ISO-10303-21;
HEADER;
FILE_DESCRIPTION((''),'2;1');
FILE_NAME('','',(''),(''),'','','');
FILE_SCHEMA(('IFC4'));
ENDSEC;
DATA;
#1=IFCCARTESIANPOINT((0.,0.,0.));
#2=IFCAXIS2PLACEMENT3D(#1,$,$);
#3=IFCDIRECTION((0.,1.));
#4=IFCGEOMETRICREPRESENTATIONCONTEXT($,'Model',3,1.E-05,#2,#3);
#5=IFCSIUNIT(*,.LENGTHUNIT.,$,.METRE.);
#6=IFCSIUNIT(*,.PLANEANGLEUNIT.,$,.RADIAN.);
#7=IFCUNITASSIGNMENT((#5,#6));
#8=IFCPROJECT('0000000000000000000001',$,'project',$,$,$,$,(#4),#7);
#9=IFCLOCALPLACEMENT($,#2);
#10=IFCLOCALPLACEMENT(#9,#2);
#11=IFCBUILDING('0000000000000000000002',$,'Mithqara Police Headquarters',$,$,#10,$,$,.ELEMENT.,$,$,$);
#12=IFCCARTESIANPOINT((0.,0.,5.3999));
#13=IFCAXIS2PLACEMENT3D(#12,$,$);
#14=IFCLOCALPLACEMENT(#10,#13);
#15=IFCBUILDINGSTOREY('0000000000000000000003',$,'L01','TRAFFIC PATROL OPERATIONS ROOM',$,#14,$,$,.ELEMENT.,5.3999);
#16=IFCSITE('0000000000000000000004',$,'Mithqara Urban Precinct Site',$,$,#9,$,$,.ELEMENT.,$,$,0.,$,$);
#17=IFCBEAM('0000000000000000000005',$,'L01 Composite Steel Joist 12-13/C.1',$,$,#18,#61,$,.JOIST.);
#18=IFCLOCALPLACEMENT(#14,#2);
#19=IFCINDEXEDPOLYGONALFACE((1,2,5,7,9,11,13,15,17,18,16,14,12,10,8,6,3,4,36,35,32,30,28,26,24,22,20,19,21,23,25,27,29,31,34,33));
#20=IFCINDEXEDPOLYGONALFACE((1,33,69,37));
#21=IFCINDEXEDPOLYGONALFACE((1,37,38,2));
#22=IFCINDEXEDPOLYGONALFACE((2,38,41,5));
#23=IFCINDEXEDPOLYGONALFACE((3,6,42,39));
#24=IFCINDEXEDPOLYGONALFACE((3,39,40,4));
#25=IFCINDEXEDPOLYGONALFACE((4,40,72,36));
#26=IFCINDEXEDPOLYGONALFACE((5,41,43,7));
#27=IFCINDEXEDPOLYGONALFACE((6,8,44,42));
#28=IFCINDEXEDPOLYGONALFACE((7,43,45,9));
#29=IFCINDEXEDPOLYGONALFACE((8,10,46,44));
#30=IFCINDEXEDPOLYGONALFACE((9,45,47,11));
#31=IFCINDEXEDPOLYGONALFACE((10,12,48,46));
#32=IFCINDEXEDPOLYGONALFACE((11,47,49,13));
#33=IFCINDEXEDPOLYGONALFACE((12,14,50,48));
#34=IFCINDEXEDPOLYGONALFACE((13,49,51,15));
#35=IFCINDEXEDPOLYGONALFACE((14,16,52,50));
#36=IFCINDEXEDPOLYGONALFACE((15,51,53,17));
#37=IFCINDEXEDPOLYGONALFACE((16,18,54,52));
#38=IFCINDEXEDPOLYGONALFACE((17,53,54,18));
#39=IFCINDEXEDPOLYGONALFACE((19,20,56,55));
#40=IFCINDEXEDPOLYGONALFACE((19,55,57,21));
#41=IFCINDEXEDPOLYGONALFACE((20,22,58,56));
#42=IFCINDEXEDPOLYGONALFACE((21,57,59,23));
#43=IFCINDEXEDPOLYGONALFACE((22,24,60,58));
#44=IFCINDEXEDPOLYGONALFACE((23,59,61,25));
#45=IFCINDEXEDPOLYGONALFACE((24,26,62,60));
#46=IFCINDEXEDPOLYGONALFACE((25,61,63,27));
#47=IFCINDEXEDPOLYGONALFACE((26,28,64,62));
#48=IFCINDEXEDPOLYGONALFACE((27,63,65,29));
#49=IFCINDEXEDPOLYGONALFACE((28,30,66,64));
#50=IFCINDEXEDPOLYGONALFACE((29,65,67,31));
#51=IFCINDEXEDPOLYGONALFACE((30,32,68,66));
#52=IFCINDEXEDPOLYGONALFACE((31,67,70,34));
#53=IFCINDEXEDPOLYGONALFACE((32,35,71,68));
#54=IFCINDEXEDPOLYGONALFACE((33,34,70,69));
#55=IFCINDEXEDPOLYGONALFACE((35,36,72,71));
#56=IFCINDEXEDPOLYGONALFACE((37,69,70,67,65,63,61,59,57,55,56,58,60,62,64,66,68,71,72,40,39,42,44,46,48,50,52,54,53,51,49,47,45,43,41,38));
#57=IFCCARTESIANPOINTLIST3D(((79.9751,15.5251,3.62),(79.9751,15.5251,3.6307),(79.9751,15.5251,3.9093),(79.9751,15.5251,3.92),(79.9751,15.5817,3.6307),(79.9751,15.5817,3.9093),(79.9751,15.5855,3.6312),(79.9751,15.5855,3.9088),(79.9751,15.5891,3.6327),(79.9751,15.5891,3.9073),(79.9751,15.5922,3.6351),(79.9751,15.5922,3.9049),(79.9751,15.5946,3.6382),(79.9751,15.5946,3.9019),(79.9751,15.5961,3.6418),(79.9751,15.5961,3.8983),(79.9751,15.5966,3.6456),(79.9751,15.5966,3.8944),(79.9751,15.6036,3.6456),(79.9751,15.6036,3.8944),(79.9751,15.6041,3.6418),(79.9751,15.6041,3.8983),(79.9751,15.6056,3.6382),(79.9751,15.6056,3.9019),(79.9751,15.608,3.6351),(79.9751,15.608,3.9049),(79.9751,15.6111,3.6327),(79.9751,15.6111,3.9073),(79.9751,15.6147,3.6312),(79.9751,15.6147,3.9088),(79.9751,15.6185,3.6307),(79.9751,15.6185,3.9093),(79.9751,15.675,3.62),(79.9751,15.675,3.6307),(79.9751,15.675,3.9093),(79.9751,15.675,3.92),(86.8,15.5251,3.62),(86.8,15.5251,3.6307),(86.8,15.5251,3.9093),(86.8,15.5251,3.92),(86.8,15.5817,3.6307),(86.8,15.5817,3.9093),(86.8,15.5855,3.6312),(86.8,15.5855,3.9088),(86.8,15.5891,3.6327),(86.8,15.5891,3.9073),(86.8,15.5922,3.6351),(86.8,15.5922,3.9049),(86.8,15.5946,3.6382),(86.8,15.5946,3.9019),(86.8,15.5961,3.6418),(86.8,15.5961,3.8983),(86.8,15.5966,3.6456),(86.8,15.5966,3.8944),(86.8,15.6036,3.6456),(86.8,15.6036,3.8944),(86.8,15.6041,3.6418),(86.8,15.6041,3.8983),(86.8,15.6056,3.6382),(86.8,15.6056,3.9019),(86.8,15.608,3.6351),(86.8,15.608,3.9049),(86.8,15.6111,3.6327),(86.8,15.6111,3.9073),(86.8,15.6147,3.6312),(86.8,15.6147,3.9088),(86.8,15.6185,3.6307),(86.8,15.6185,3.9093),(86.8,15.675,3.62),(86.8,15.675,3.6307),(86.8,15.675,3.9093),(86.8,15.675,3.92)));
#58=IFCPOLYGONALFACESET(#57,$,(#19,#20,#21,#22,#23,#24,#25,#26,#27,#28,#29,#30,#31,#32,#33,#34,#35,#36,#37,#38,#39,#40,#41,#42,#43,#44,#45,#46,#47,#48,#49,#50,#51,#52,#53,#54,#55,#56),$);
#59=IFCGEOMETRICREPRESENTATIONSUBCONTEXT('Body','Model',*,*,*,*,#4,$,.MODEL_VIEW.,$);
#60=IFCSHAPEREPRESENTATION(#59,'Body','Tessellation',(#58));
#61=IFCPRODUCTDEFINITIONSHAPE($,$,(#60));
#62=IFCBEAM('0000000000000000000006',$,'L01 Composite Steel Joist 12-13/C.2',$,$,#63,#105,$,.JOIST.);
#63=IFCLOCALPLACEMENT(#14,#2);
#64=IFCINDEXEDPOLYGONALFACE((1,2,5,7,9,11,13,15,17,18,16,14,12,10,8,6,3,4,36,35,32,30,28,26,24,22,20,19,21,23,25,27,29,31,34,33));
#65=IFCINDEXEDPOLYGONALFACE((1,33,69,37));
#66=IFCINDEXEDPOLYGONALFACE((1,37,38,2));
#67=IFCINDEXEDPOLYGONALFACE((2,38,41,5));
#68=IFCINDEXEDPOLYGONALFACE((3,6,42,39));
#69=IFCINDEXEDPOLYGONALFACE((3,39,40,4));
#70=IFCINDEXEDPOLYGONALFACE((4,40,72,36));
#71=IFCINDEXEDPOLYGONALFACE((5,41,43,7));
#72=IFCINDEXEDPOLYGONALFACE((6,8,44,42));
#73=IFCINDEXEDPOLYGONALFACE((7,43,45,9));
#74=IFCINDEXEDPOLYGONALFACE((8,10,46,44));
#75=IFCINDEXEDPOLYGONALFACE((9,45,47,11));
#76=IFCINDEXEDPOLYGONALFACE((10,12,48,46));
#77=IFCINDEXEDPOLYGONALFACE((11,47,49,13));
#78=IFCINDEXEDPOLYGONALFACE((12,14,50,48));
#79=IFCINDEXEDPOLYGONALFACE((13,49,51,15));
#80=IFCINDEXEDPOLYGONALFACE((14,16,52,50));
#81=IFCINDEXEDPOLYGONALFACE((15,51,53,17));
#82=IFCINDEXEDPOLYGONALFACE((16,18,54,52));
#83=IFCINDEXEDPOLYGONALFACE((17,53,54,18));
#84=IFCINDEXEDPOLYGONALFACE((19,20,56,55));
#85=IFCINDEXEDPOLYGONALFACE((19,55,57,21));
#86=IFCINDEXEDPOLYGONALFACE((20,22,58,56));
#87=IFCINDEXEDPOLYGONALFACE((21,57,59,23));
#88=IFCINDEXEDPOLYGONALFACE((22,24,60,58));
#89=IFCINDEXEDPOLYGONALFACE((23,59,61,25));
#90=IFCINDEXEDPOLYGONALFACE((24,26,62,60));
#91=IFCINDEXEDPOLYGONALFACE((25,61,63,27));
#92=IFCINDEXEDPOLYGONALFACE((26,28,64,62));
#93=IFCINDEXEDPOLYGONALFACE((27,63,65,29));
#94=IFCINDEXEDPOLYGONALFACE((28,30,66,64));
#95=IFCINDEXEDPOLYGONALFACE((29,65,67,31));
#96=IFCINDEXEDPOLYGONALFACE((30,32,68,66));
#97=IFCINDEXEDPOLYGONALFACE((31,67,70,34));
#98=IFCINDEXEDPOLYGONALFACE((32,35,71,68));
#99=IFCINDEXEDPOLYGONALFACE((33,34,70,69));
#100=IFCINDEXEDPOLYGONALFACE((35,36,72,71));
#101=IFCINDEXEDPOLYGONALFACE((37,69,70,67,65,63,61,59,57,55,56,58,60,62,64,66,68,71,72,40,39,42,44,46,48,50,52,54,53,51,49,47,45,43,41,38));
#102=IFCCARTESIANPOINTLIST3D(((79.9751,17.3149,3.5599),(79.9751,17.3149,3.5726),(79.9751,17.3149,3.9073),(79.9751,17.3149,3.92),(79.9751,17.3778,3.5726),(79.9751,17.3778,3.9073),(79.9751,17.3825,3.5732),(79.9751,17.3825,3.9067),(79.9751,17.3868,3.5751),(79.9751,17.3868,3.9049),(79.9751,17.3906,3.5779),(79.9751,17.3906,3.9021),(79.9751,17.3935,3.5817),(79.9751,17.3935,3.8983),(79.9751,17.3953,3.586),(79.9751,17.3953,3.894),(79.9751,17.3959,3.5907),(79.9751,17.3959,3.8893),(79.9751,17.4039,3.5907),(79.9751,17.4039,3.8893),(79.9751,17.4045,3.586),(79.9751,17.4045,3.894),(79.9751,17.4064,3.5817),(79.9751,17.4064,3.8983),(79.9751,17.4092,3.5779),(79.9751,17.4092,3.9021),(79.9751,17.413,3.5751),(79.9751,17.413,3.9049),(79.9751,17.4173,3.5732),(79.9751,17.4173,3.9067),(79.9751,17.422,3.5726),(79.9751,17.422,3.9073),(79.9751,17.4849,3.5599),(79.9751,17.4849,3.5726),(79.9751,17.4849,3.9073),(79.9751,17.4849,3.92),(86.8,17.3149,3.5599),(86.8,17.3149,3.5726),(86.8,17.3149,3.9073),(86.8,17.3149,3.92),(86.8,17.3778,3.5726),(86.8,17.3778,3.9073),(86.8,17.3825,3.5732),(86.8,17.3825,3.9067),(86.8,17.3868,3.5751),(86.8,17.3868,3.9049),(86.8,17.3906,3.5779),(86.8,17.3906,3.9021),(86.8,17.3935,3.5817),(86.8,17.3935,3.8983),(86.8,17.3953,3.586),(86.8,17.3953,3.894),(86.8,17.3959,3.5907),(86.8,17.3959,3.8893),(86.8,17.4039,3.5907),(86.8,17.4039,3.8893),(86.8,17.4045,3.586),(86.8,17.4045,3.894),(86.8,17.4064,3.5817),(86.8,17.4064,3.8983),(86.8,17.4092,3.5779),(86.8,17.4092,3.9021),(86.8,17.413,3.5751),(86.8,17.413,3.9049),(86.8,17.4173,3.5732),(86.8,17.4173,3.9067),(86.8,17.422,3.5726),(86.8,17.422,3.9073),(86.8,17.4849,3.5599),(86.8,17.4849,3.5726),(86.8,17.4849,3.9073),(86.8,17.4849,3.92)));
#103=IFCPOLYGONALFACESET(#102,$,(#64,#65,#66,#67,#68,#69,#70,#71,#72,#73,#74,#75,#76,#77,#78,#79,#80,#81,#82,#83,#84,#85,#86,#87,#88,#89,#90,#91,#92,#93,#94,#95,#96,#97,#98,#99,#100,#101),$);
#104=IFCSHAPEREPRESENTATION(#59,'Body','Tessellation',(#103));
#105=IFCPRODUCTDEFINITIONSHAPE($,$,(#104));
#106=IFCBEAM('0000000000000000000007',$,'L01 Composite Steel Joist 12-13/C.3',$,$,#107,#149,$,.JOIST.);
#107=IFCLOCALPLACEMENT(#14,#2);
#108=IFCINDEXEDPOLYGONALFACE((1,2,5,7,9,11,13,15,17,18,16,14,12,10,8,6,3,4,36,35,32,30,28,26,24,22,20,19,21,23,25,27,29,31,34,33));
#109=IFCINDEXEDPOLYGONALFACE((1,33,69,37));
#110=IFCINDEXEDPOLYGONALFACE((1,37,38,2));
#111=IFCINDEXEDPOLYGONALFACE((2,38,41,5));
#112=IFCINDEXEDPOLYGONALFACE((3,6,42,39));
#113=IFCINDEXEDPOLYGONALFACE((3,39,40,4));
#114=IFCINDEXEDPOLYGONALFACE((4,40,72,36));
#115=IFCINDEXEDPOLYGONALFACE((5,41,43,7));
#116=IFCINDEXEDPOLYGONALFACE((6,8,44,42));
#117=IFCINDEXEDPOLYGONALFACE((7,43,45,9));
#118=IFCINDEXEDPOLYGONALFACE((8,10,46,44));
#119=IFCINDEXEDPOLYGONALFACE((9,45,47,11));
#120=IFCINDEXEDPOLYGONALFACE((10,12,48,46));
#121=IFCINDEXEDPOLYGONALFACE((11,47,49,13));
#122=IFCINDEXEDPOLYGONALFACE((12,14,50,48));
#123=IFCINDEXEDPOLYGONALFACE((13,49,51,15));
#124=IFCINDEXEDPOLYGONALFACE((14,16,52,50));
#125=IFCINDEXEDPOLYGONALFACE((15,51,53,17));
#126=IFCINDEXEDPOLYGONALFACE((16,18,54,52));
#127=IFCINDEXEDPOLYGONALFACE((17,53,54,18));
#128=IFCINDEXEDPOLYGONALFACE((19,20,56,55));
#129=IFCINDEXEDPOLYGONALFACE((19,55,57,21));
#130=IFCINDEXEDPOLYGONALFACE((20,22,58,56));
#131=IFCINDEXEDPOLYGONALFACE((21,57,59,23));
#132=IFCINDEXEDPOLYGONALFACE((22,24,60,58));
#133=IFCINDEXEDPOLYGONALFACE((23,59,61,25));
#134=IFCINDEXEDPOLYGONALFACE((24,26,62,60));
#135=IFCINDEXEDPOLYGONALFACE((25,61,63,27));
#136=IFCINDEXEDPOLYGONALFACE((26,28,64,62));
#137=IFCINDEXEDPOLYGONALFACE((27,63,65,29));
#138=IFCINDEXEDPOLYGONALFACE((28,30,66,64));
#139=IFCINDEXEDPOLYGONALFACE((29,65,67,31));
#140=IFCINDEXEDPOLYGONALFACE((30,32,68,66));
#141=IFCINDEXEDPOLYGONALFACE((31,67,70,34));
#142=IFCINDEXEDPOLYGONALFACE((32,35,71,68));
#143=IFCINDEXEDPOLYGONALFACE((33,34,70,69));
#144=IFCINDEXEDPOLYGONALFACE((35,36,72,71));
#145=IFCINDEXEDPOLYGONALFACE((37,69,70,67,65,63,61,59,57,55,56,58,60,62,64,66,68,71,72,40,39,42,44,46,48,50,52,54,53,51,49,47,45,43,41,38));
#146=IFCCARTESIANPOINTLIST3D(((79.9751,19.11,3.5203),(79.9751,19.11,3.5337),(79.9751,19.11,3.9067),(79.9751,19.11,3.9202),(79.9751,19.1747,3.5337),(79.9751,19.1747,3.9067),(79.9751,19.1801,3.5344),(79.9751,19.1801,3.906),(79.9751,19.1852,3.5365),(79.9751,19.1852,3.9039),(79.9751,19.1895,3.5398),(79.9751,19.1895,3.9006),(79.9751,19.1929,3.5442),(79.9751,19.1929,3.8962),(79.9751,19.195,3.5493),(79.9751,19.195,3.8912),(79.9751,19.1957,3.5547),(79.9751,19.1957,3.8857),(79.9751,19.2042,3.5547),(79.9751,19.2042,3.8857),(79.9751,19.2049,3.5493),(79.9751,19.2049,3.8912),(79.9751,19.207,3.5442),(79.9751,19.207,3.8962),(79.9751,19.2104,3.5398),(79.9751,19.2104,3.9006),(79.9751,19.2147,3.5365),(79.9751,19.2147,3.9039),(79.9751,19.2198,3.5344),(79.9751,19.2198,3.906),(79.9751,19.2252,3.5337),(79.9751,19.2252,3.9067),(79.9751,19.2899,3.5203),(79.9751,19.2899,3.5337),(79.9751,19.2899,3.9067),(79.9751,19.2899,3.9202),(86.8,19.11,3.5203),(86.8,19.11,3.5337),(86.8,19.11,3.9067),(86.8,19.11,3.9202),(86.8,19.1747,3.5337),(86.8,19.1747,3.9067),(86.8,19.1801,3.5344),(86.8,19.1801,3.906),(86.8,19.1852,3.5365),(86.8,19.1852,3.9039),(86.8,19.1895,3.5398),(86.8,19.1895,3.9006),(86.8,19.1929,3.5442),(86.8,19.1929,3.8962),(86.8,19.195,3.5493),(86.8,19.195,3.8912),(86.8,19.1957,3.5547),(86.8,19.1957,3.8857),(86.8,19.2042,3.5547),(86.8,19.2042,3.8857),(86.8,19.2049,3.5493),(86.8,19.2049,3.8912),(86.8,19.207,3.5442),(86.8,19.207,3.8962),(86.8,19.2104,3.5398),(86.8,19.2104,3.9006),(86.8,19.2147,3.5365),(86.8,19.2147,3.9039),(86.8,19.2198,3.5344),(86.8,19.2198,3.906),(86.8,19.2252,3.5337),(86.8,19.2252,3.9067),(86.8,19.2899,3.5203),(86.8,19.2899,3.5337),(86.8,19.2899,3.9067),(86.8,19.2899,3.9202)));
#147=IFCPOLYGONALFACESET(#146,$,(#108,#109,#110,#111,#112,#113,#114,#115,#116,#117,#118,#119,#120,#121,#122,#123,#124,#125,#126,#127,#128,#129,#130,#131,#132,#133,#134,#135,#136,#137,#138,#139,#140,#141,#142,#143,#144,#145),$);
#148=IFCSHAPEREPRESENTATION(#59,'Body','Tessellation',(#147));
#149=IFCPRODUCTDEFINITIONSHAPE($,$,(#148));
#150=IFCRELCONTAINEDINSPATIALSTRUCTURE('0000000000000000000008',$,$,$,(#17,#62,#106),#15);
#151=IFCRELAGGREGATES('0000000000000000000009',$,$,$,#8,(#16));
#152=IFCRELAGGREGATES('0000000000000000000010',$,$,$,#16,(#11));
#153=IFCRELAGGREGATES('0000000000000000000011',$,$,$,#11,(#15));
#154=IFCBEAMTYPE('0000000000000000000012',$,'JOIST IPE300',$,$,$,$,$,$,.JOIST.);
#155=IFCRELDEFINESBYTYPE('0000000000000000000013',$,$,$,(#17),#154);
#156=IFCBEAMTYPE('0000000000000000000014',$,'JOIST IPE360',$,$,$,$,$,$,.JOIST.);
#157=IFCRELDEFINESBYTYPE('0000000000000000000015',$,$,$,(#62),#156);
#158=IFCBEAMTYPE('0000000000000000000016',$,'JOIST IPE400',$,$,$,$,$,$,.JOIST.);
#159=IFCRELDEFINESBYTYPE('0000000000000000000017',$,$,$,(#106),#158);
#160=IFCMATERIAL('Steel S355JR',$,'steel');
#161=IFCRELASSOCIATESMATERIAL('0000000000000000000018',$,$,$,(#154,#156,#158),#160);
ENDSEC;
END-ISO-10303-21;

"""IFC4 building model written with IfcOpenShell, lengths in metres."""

from ifc_helpers import new_model, si_unit, direction, frame, origin, origin_2d, place, context, subcontext, project, spatial, i_section, extrude, material, material_profile, profile_set, type_object, element, save


model = new_model("IFC4")

# Units and contexts
model_context = context("Model", 3, precision=1e-05, world=origin(), true_north=direction((0.0, 1.0)))
body_context = subcontext(model_context, "Body", "Model", "MODEL_VIEW")
ifc_project = project(units=[si_unit("LENGTHUNIT", "METRE"), si_unit("PLANEANGLEUNIT", "RADIAN")], contexts=[model_context])

# Site, building, storey
site_placement = place(None, origin())
site = spatial("IfcSite", under=ifc_project, at=site_placement, Name="Mithqara Urban Precinct Site", CompositionType="ELEMENT", RefElevation=0.0)
building_placement = place(site_placement, origin())
building = spatial("IfcBuilding", under=site, at=building_placement, Name="Mithqara Police Headquarters", CompositionType="ELEMENT")
storey_placement = place(building_placement, frame((0.0, 0.0, 5.3999)))
storey = spatial("IfcBuildingStorey", under=building, at=storey_placement, Name="L01", Description="TRAFFIC PATROL OPERATIONS ROOM", CompositionType="ELEMENT", Elevation=5.3999)

# Beams
ifc_material_1 = material(Name="Steel S355JR", Category="steel")
ifc_material_profile_1 = material_profile(ifc_material_1, i_section(OverallWidth=0.1499, OverallDepth=0.3, WebThickness=0.0071, FlangeThickness=0.0107, FilletRadius=0.0149, at=origin_2d()), Name="IPE 300")
ifc_profile_set_1 = profile_set([ifc_material_profile_1], Name="Steel S355JR")
beam_type_1 = type_object("IfcBeamType", Name="JOIST IPE300", PredefinedType="JOIST", material=ifc_profile_set_1)
beam_1_placement = place(storey_placement, frame((79.9751, 15.6001, 3.77), z_axis=(1.0, 0.0, 0.0), x_axis=(0.0, 1.0, 0.0)))
element("IfcBeam", 1, at=beam_1_placement, inside=storey, type_object=beam_type_1, Name="L01 Composite Steel Joist 12-13/C.1", PredefinedType="JOIST", context=body_context, shape_type="SweptSolid", body=[
    extrude(i_section(OverallWidth=0.1499, OverallDepth=0.3, WebThickness=0.0071, FlangeThickness=0.0107, FilletRadius=0.0149, at=origin_2d()), origin(), (0.0, 0.0, 1.0), 6.825),
])
ifc_material_profile_2 = material_profile(ifc_material_1, i_section(OverallWidth=0.1699, OverallDepth=0.3601, WebThickness=0.0081, FlangeThickness=0.0127, FilletRadius=0.0181, at=origin_2d()), Name="IPE 360")
ifc_profile_set_2 = profile_set([ifc_material_profile_2], Name="Steel S355JR")
beam_type_2 = type_object("IfcBeamType", Name="JOIST IPE360", PredefinedType="JOIST", material=ifc_profile_set_2)
beam_2_placement = place(storey_placement, frame((79.9751, 17.3999, 3.74), z_axis=(1.0, 0.0, 0.0), x_axis=(0.0, 1.0, 0.0)))
element("IfcBeam", 2, at=beam_2_placement, inside=storey, type_object=beam_type_2, Name="L01 Composite Steel Joist 12-13/C.2", PredefinedType="JOIST", context=body_context, shape_type="SweptSolid", body=[
    extrude(i_section(OverallWidth=0.1699, OverallDepth=0.3601, WebThickness=0.0081, FlangeThickness=0.0127, FilletRadius=0.0181, at=origin_2d()), origin(), (0.0, 0.0, 1.0), 6.825),
])
ifc_material_profile_3 = material_profile(ifc_material_1, i_section(OverallWidth=0.1799, OverallDepth=0.3999, WebThickness=0.0085, FlangeThickness=0.0134, FilletRadius=0.021, at=origin_2d()), Name="IPE 400")
ifc_profile_set_3 = profile_set([ifc_material_profile_3], Name="Steel S355JR")
beam_type_3 = type_object("IfcBeamType", Name="JOIST IPE400", PredefinedType="JOIST", material=ifc_profile_set_3)
beam_3_placement = place(storey_placement, frame((79.9751, 19.2, 3.7202), z_axis=(1.0, 0.0, 0.0), x_axis=(0.0, 1.0, 0.0)))
element("IfcBeam", 3, at=beam_3_placement, inside=storey, type_object=beam_type_3, Name="L01 Composite Steel Joist 12-13/C.3", PredefinedType="JOIST", context=body_context, shape_type="SweptSolid", body=[
    extrude(i_section(OverallWidth=0.1799, OverallDepth=0.3999, WebThickness=0.0085, FlangeThickness=0.0134, FilletRadius=0.021, at=origin_2d()), origin(), (0.0, 0.0, 1.0), 6.825),
])

save(model, "model.ifc")
